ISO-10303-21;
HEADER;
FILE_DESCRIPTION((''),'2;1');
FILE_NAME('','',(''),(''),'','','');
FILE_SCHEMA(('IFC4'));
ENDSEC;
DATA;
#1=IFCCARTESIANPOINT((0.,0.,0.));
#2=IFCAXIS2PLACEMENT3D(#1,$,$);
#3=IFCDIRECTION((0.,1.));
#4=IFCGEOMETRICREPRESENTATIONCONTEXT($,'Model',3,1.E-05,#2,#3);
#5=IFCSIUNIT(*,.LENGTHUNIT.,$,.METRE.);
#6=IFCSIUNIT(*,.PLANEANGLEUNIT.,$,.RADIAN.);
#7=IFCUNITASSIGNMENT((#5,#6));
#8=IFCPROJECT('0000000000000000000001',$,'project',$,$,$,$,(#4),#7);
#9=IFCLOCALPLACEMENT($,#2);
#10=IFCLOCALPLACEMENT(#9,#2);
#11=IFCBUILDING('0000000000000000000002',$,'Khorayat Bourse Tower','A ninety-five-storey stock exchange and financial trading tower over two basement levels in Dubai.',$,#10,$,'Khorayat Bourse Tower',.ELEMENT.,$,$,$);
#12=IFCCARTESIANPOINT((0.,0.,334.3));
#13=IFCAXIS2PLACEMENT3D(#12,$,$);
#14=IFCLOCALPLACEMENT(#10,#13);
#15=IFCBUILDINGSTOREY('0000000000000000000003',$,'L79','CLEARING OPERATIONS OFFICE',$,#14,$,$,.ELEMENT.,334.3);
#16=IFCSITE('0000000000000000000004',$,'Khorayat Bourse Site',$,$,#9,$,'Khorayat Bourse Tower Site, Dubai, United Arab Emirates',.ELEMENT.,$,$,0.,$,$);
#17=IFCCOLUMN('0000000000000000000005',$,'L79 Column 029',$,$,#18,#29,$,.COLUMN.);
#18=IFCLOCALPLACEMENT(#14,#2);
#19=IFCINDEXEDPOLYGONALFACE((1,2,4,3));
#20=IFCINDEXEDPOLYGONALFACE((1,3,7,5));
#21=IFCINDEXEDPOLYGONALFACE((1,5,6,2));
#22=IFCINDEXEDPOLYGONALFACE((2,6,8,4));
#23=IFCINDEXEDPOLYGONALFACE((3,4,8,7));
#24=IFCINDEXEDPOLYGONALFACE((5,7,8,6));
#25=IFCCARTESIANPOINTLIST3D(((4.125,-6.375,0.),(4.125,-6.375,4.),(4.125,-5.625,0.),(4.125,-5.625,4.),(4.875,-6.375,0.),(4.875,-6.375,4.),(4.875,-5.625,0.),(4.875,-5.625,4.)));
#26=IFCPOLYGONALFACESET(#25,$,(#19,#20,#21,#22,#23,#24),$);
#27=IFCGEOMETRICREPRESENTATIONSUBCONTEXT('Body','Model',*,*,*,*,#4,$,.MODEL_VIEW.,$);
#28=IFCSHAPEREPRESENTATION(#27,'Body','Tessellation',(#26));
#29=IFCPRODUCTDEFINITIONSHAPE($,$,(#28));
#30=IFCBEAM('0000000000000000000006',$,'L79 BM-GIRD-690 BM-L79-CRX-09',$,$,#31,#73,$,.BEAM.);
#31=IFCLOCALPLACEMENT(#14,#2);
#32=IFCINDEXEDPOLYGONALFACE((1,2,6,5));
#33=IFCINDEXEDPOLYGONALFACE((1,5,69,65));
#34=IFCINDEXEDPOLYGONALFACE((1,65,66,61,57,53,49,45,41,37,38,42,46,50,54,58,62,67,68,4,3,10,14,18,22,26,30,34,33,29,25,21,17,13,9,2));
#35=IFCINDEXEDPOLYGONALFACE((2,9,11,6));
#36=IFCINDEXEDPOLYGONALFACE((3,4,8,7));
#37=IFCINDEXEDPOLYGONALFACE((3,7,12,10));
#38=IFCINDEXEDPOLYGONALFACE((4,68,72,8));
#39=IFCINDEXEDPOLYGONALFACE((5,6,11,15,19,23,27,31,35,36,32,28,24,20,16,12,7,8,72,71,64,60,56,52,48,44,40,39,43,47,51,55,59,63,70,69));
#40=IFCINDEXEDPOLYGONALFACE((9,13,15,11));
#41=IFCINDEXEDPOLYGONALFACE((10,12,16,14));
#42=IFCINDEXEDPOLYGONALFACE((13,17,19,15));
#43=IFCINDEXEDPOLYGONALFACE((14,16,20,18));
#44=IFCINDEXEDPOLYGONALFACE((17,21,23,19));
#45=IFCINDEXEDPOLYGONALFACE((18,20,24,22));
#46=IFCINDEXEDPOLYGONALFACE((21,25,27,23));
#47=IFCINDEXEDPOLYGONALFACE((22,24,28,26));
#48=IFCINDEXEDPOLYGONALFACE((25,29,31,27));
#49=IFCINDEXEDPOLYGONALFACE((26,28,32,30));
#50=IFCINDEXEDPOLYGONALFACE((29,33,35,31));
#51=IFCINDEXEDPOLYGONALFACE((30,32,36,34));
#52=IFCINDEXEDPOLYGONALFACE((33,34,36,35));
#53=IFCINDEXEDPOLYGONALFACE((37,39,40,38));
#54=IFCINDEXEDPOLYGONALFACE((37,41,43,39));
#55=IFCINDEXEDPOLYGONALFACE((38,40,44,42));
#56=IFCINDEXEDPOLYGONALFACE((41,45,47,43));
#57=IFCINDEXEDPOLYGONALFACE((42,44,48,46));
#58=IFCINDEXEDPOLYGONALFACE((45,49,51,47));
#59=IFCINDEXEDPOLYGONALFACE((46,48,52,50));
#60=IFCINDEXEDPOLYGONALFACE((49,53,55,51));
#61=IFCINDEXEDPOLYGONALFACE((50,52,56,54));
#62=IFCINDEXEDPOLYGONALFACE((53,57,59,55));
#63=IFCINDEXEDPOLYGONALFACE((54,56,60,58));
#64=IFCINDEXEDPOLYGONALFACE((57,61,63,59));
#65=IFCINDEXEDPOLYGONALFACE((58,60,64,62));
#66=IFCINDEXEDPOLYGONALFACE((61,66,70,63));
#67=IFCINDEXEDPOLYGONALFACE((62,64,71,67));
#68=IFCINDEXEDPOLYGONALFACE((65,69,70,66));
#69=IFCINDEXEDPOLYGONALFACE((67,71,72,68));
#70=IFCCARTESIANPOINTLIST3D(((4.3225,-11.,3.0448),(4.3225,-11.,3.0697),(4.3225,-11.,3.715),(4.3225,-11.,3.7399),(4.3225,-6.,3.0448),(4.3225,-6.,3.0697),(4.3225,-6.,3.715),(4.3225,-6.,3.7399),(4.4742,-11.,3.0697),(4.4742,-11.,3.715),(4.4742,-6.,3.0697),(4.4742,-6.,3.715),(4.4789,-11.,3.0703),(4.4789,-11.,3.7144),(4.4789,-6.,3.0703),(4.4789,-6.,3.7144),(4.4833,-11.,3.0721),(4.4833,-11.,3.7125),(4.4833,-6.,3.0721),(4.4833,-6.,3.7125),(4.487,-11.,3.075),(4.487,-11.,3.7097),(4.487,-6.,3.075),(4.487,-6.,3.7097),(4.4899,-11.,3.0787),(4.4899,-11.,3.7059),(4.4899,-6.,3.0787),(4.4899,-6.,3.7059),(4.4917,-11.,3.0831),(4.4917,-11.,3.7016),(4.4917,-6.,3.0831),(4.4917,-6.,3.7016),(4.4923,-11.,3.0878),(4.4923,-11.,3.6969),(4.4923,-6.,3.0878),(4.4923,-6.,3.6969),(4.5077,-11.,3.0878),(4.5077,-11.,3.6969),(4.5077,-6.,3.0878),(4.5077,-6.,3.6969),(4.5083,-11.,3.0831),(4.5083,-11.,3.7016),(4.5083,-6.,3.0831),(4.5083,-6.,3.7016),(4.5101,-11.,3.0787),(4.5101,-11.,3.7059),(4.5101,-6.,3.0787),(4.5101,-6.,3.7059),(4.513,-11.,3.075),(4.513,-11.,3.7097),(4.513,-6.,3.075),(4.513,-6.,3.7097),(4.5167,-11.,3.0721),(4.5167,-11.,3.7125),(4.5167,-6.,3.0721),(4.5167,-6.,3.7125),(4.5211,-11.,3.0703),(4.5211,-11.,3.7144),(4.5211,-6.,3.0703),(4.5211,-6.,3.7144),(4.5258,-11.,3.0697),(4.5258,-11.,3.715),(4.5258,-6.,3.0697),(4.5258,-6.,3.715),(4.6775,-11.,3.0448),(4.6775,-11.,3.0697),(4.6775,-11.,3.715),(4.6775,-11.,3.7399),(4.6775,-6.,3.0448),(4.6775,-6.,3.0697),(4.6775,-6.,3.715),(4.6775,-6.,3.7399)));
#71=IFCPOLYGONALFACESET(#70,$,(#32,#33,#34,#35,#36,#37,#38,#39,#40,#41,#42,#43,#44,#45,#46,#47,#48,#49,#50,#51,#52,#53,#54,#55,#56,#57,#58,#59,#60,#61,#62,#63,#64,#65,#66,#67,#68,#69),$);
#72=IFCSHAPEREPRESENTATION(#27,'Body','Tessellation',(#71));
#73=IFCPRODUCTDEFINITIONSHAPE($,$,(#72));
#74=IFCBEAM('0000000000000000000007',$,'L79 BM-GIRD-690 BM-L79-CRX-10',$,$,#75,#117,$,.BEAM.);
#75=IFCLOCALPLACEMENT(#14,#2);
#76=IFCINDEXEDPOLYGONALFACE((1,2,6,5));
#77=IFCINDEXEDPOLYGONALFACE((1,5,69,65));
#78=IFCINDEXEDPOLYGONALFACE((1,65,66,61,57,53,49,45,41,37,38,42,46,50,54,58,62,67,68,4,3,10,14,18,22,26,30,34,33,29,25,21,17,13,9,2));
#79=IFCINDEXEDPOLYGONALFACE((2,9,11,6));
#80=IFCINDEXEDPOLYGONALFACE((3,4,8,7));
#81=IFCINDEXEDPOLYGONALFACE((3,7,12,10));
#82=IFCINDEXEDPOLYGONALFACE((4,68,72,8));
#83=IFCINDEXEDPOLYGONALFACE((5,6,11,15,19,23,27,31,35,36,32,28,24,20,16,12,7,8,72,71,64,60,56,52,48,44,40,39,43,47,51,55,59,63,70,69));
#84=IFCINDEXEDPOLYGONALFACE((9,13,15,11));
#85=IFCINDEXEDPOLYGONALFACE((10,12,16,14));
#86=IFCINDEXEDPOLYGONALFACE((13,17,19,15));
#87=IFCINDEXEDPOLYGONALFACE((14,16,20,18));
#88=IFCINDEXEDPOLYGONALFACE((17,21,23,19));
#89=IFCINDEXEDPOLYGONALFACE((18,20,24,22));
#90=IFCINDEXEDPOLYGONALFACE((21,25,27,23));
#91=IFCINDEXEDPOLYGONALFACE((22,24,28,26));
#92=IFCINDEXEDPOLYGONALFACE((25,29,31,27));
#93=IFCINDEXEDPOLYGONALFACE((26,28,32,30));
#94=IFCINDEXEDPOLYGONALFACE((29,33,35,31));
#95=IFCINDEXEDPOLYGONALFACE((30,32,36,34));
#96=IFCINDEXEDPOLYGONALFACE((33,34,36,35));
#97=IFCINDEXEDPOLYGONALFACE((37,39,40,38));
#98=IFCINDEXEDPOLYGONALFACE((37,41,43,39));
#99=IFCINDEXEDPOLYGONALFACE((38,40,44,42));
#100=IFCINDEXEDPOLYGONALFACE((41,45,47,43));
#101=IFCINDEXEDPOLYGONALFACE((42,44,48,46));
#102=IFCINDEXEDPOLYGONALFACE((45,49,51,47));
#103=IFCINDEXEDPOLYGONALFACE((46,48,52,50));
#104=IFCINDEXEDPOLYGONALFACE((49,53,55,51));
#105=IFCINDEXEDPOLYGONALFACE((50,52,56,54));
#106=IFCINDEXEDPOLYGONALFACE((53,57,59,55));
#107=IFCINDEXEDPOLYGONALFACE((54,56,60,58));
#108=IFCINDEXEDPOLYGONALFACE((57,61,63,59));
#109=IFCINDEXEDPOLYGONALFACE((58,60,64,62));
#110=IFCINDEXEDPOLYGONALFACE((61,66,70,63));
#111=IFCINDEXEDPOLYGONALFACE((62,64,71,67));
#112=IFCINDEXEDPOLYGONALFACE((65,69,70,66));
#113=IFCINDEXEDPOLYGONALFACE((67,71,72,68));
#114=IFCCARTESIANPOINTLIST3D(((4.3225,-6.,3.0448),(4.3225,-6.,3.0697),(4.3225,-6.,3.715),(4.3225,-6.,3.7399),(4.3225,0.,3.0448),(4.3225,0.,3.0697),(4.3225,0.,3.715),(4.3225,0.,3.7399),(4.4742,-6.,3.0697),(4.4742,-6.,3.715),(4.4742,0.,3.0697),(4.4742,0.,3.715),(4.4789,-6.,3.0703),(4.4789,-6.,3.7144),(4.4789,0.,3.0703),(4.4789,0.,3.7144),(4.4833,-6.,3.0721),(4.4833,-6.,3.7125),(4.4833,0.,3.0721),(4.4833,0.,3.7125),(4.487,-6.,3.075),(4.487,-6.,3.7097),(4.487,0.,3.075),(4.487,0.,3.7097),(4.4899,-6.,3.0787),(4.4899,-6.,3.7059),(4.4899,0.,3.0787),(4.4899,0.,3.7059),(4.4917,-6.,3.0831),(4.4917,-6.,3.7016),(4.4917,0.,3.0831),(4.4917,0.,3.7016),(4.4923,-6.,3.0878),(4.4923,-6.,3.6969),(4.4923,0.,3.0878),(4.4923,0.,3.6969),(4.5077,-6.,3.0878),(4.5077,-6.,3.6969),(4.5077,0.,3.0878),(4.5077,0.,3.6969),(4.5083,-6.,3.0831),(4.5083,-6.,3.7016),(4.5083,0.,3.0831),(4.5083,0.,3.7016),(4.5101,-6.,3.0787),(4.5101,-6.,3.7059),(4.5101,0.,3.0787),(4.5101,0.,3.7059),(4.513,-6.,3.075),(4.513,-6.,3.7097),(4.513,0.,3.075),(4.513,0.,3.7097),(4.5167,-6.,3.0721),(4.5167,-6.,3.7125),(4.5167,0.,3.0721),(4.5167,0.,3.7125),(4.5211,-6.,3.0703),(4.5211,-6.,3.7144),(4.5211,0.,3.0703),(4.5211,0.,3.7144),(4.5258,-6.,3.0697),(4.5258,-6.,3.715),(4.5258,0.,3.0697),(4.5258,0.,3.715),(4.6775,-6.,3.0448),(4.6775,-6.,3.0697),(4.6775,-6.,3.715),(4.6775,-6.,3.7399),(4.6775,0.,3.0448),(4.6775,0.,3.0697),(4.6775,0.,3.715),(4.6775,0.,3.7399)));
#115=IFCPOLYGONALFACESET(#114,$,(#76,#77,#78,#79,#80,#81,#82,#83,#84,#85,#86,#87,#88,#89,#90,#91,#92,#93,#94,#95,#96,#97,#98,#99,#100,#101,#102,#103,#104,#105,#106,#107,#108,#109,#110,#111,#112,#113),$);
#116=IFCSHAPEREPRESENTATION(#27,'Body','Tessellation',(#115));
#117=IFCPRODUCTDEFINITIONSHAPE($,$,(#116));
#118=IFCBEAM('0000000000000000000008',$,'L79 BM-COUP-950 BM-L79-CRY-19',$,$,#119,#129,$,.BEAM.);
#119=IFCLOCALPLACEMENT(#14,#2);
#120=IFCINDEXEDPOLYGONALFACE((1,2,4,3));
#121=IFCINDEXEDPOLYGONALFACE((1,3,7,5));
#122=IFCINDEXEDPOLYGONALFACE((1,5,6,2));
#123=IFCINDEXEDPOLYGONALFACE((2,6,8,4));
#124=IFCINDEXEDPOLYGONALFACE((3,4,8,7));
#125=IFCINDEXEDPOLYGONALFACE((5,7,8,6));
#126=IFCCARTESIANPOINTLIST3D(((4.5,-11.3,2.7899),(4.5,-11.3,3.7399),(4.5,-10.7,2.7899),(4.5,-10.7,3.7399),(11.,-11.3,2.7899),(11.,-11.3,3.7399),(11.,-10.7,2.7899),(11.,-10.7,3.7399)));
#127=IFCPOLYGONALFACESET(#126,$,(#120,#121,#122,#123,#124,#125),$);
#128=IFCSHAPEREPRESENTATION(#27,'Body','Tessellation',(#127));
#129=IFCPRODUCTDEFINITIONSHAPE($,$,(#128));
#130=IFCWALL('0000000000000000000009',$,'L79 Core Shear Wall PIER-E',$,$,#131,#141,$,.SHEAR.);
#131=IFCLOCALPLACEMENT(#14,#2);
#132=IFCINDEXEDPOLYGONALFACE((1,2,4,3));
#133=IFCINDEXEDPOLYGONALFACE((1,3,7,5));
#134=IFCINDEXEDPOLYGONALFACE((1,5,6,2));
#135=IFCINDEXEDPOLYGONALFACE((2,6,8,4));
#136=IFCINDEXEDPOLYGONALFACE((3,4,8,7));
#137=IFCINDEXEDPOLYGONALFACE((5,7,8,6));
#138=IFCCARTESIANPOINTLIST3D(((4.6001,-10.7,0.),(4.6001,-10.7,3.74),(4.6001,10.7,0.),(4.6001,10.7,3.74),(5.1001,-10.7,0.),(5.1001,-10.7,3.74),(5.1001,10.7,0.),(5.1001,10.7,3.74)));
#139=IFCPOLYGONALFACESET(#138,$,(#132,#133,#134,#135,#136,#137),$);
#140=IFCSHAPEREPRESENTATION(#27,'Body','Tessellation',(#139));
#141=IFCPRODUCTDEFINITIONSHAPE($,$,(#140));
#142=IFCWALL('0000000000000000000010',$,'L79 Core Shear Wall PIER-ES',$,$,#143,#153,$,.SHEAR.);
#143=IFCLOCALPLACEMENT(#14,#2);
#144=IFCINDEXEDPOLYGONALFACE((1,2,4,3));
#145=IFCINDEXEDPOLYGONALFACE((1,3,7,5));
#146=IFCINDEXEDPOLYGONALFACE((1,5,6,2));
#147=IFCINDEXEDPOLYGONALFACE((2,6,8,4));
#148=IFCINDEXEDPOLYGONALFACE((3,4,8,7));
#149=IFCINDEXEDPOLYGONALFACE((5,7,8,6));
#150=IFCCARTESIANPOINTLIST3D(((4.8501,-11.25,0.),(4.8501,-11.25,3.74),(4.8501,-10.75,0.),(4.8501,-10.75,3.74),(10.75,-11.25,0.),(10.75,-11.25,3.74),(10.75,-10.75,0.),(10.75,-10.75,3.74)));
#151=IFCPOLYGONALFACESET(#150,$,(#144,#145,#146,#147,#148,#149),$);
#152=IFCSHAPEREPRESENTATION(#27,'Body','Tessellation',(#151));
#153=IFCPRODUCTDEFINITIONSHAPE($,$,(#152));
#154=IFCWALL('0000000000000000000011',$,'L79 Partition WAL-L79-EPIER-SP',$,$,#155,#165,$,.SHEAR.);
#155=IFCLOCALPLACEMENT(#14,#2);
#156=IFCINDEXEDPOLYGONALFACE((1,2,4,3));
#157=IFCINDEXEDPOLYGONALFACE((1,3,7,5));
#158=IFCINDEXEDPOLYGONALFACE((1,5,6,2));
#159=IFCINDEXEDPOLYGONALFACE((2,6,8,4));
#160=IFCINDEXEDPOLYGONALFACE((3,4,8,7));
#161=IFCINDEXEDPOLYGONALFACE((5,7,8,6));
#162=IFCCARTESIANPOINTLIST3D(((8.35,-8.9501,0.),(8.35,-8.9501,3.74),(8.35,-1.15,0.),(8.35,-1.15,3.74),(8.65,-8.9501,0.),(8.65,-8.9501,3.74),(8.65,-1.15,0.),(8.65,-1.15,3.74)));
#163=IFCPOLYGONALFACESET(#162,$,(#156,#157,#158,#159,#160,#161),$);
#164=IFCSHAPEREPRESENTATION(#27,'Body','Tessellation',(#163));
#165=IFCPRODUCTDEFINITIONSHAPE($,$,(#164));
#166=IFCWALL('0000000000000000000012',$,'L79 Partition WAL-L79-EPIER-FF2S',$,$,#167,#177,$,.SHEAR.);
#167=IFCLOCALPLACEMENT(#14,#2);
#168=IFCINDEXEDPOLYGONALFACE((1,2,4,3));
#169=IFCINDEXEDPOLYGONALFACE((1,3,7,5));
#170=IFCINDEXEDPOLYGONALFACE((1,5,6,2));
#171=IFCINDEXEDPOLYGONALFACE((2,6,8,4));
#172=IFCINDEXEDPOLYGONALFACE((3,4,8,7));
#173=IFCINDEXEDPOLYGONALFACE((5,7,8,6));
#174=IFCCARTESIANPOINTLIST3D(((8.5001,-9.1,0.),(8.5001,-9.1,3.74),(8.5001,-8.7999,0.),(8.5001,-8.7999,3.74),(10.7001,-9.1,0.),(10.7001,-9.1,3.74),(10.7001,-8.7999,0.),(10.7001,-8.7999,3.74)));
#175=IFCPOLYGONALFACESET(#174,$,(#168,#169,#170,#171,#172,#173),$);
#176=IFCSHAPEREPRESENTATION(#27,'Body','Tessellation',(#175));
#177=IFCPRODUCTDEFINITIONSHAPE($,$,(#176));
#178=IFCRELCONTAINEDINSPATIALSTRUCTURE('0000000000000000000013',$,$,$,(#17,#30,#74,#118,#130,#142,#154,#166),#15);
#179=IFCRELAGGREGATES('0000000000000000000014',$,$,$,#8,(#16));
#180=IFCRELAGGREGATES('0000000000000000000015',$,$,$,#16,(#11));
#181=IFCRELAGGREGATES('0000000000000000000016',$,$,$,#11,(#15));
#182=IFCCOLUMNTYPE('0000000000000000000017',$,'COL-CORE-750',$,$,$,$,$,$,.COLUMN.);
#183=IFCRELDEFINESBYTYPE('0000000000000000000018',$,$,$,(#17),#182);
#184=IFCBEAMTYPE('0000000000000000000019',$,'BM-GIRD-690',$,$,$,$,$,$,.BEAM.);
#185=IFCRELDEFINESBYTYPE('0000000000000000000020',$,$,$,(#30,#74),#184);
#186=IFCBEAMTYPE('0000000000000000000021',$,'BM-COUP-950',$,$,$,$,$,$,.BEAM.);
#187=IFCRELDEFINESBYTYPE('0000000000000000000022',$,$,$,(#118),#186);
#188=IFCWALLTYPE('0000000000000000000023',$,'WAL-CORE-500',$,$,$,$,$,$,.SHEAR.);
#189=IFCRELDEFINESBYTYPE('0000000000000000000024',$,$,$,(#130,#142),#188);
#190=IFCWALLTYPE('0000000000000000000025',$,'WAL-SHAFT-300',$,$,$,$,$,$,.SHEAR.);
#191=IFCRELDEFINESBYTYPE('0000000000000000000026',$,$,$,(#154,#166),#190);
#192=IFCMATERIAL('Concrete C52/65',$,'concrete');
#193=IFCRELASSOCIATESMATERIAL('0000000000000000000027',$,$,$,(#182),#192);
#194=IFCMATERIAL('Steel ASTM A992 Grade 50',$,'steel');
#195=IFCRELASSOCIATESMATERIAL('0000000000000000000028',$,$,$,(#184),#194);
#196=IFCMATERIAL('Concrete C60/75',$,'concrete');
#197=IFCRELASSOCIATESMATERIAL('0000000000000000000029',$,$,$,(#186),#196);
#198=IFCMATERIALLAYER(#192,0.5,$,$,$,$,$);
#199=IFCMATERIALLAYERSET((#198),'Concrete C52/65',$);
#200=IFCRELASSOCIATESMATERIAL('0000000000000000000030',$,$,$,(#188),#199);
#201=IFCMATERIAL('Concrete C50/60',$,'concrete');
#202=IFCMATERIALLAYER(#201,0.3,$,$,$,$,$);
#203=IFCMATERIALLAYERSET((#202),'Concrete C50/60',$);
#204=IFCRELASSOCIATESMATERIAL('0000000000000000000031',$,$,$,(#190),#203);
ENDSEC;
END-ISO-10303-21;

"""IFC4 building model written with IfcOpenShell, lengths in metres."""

from ifc_helpers import new_model, si_unit, direction, frame, frame_2d, origin, origin_2d, place, context, subcontext, project, spatial, rectangle, i_section, extrude, source, transform, mapped, material, layer, layer_set, material_profile, profile_set, type_object, element, save


model = new_model("IFC4")

# Units and contexts
model_context = context("Model", 3, precision=1e-05, world=origin(), true_north=direction((0.0, 1.0)))
body_context = subcontext(model_context, "Body", "Model", "MODEL_VIEW")
ifc_project = project(units=[si_unit("LENGTHUNIT", "METRE"), si_unit("PLANEANGLEUNIT", "RADIAN")], contexts=[model_context])

# Site, building, storey
site_placement = place(None, origin())
site = spatial("IfcSite", under=ifc_project, at=site_placement, Name="Khorayat Bourse Site", LongName="Khorayat Bourse Tower Site, Dubai, United Arab Emirates", CompositionType="ELEMENT", RefElevation=0.0)
building_placement = place(site_placement, origin())
building = spatial("IfcBuilding", under=site, at=building_placement, Name="Khorayat Bourse Tower", Description="A ninety-five-storey stock exchange and financial trading tower over two basement levels in Dubai.", LongName="Khorayat Bourse Tower", CompositionType="ELEMENT")
storey_placement = place(building_placement, frame((0.0, 0.0, 334.3)))
storey = spatial("IfcBuildingStorey", under=building, at=storey_placement, Name="L79", Description="CLEARING OPERATIONS OFFICE", CompositionType="ELEMENT", Elevation=334.3)

# Column
ifc_material_1 = material(Name="Concrete C52/65", Category="concrete")
ifc_material_profile_1 = material_profile(ifc_material_1, rectangle(XDim=0.75, YDim=0.75, at=origin_2d()), Name="RC 750x750")
ifc_profile_set_1 = profile_set([ifc_material_profile_1], Name="Concrete C52/65")
column_type = type_object("IfcColumnType", Name="COL-CORE-750", PredefinedType="COLUMN", material=ifc_profile_set_1)
shared_shape_1 = source(origin(), body_context, "Body", "SweptSolid", [
    extrude(rectangle(XDim=0.75, YDim=0.75, at=origin_2d()), origin(), (0.0, 0.0, 1.0), 4.0),
])
column_placement = place(storey_placement, frame((4.5, -6.0, 0.0), z_axis=(0.0, 0.0, 1.0), x_axis=(1.0, 0.0, 0.0)))
element("IfcColumn", 1, at=column_placement, inside=storey, type_object=column_type, Name="L79 Column 029", PredefinedType="COLUMN", context=body_context, shape_type="MappedRepresentation", body=[
    mapped(shared_shape_1, transform((0.0, 0.0, 0.0), scale=1.0)),
])

# Beams
ifc_material_2 = material(Name="Steel ASTM A992 Grade 50", Category="steel")
ifc_material_profile_2 = material_profile(ifc_material_2, i_section(OverallWidth=0.355, OverallDepth=0.6951, WebThickness=0.0154, FlangeThickness=0.0249, FilletRadius=0.0181, at=origin_2d()), Name="W690X217")
ifc_profile_set_2 = profile_set([ifc_material_profile_2], Name="Steel ASTM A992 Grade 50")
beam_type_1 = type_object("IfcBeamType", Name="BM-GIRD-690", PredefinedType="BEAM", material=ifc_profile_set_2)
shared_shape_2 = source(origin(), body_context, "Body", "SweptSolid", [
    extrude(i_section(OverallWidth=0.355, OverallDepth=0.6951, WebThickness=0.0154, FlangeThickness=0.0249, FilletRadius=0.0181, at=origin_2d()), origin(), (0.0, 0.0, 1.0), 5.0),
])
beam_1_placement = place(storey_placement, frame((4.5, -11.0, 3.3923), z_axis=(0.0, 1.0, 0.0), x_axis=(-1.0, 0.0, 0.0)))
element("IfcBeam", 2, at=beam_1_placement, inside=storey, type_object=beam_type_1, Name="L79 BM-GIRD-690 BM-L79-CRX-09", PredefinedType="BEAM", context=body_context, shape_type="MappedRepresentation", body=[
    mapped(shared_shape_2, transform((0.0, 0.0, 0.0), scale=1.0)),
])
shared_shape_3 = source(origin(), body_context, "Body", "SweptSolid", [
    extrude(i_section(OverallWidth=0.355, OverallDepth=0.6951, WebThickness=0.0154, FlangeThickness=0.0249, FilletRadius=0.0181, at=origin_2d()), origin(), (0.0, 0.0, 1.0), 6.0),
])
beam_2_placement = place(storey_placement, frame((4.5, -6.0, 3.3923), z_axis=(0.0, 1.0, 0.0), x_axis=(-1.0, 0.0, 0.0)))
element("IfcBeam", 3, at=beam_2_placement, inside=storey, type_object=beam_type_1, Name="L79 BM-GIRD-690 BM-L79-CRX-10", PredefinedType="BEAM", context=body_context, shape_type="MappedRepresentation", body=[
    mapped(shared_shape_3, transform((0.0, 0.0, 0.0), scale=1.0)),
])
ifc_material_3 = material(Name="Concrete C60/75", Category="concrete")
ifc_material_profile_3 = material_profile(ifc_material_3, rectangle(XDim=0.6001, YDim=0.95, at=origin_2d()), Name="RC 600x950")
ifc_profile_set_3 = profile_set([ifc_material_profile_3], Name="Concrete C60/75")
beam_type_2 = type_object("IfcBeamType", Name="BM-COUP-950", PredefinedType="BEAM", material=ifc_profile_set_3)
shared_shape_4 = source(origin(), body_context, "Body", "SweptSolid", [
    extrude(rectangle(XDim=0.6001, YDim=0.95, at=origin_2d()), origin(), (0.0, 0.0, 1.0), 6.5),
])
beam_3_placement = place(storey_placement, frame((4.5, -11.0, 3.2649), z_axis=(1.0, 0.0, 0.0), x_axis=(0.0, 1.0, 0.0)))
element("IfcBeam", 4, at=beam_3_placement, inside=storey, type_object=beam_type_2, Name="L79 BM-COUP-950 BM-L79-CRY-19", PredefinedType="BEAM", context=body_context, shape_type="MappedRepresentation", body=[
    mapped(shared_shape_4, transform((0.0, 0.0, 0.0), scale=1.0)),
])

# Walls
ifc_layer_1 = layer(ifc_material_1, 0.5)
ifc_layer_set_1 = layer_set([ifc_layer_1], Name="Concrete C52/65")
wall_type_1 = type_object("IfcWallType", Name="WAL-CORE-500", PredefinedType="SHEAR", material=ifc_layer_set_1)
shared_shape_5 = source(origin(), body_context, "Body", "SweptSolid", [
    extrude(rectangle(XDim=21.3999, YDim=0.5, at=frame_2d((10.7, 0.0))), origin(), (0.0, 0.0, 1.0), 3.74),
])
wall_1_placement = place(storey_placement, frame((4.8501, -10.7, 0.0), z_axis=(0.0, 0.0, 1.0), x_axis=(0.0, 1.0, 0.0)))
element("IfcWall", 5, at=wall_1_placement, inside=storey, type_object=wall_type_1, Name="L79 Core Shear Wall PIER-E", PredefinedType="SHEAR", context=body_context, shape_type="MappedRepresentation", body=[
    mapped(shared_shape_5, transform((0.0, 0.0, 0.0), scale=1.0)),
])
shared_shape_6 = source(origin(), body_context, "Body", "SweptSolid", [
    extrude(rectangle(XDim=5.8999, YDim=0.5, at=frame_2d((2.95, 0.0))), origin(), (0.0, 0.0, 1.0), 3.74),
])
wall_2_placement = place(storey_placement, frame((4.8501, -11.0, 0.0), z_axis=(0.0, 0.0, 1.0), x_axis=(1.0, 0.0, 0.0)))
element("IfcWall", 6, at=wall_2_placement, inside=storey, type_object=wall_type_1, Name="L79 Core Shear Wall PIER-ES", PredefinedType="SHEAR", context=body_context, shape_type="MappedRepresentation", body=[
    mapped(shared_shape_6, transform((0.0, 0.0, 0.0), scale=1.0)),
])
ifc_material_4 = material(Name="Concrete C50/60", Category="concrete")
ifc_layer_2 = layer(ifc_material_4, 0.3)
ifc_layer_set_2 = layer_set([ifc_layer_2], Name="Concrete C50/60")
wall_type_2 = type_object("IfcWallType", Name="WAL-SHAFT-300", PredefinedType="SHEAR", material=ifc_layer_set_2)
shared_shape_7 = source(origin(), body_context, "Body", "SweptSolid", [
    extrude(rectangle(XDim=7.8, YDim=0.3, at=frame_2d((3.8999, 0.0))), origin(), (0.0, 0.0, 1.0), 3.74),
])
wall_3_placement = place(storey_placement, frame((8.5, -8.95, 0.0), z_axis=(0.0, 0.0, 1.0), x_axis=(0.0, 1.0, 0.0)))
element("IfcWall", 7, at=wall_3_placement, inside=storey, type_object=wall_type_2, Name="L79 Partition WAL-L79-EPIER-SP", PredefinedType="SHEAR", context=body_context, shape_type="MappedRepresentation", body=[
    mapped(shared_shape_7, transform((0.0, 0.0, 0.0), scale=1.0)),
])
shared_shape_8 = source(origin(), body_context, "Body", "SweptSolid", [
    extrude(rectangle(XDim=2.2, YDim=0.3, at=frame_2d((1.1001, 0.0))), origin(), (0.0, 0.0, 1.0), 3.74),
])
for number, where, z_axis, x_axis, name in (
    (8, (8.5, -8.95, 0.0), (0.0, 0.0, 1.0), (1.0, 0.0, 0.0), "L79 Partition WAL-L79-EPIER-FF2S"),
):
    element("IfcWall", number, at=place(storey_placement, frame(where, z_axis=z_axis, x_axis=x_axis)), inside=storey, type_object=wall_type_2, Name=name, PredefinedType="SHEAR", context=body_context, shape_type="MappedRepresentation", body=[
        mapped(shared_shape_8, transform((0.0, 0.0, 0.0), scale=1.0)),
    ])

save(model, "model.ifc")
